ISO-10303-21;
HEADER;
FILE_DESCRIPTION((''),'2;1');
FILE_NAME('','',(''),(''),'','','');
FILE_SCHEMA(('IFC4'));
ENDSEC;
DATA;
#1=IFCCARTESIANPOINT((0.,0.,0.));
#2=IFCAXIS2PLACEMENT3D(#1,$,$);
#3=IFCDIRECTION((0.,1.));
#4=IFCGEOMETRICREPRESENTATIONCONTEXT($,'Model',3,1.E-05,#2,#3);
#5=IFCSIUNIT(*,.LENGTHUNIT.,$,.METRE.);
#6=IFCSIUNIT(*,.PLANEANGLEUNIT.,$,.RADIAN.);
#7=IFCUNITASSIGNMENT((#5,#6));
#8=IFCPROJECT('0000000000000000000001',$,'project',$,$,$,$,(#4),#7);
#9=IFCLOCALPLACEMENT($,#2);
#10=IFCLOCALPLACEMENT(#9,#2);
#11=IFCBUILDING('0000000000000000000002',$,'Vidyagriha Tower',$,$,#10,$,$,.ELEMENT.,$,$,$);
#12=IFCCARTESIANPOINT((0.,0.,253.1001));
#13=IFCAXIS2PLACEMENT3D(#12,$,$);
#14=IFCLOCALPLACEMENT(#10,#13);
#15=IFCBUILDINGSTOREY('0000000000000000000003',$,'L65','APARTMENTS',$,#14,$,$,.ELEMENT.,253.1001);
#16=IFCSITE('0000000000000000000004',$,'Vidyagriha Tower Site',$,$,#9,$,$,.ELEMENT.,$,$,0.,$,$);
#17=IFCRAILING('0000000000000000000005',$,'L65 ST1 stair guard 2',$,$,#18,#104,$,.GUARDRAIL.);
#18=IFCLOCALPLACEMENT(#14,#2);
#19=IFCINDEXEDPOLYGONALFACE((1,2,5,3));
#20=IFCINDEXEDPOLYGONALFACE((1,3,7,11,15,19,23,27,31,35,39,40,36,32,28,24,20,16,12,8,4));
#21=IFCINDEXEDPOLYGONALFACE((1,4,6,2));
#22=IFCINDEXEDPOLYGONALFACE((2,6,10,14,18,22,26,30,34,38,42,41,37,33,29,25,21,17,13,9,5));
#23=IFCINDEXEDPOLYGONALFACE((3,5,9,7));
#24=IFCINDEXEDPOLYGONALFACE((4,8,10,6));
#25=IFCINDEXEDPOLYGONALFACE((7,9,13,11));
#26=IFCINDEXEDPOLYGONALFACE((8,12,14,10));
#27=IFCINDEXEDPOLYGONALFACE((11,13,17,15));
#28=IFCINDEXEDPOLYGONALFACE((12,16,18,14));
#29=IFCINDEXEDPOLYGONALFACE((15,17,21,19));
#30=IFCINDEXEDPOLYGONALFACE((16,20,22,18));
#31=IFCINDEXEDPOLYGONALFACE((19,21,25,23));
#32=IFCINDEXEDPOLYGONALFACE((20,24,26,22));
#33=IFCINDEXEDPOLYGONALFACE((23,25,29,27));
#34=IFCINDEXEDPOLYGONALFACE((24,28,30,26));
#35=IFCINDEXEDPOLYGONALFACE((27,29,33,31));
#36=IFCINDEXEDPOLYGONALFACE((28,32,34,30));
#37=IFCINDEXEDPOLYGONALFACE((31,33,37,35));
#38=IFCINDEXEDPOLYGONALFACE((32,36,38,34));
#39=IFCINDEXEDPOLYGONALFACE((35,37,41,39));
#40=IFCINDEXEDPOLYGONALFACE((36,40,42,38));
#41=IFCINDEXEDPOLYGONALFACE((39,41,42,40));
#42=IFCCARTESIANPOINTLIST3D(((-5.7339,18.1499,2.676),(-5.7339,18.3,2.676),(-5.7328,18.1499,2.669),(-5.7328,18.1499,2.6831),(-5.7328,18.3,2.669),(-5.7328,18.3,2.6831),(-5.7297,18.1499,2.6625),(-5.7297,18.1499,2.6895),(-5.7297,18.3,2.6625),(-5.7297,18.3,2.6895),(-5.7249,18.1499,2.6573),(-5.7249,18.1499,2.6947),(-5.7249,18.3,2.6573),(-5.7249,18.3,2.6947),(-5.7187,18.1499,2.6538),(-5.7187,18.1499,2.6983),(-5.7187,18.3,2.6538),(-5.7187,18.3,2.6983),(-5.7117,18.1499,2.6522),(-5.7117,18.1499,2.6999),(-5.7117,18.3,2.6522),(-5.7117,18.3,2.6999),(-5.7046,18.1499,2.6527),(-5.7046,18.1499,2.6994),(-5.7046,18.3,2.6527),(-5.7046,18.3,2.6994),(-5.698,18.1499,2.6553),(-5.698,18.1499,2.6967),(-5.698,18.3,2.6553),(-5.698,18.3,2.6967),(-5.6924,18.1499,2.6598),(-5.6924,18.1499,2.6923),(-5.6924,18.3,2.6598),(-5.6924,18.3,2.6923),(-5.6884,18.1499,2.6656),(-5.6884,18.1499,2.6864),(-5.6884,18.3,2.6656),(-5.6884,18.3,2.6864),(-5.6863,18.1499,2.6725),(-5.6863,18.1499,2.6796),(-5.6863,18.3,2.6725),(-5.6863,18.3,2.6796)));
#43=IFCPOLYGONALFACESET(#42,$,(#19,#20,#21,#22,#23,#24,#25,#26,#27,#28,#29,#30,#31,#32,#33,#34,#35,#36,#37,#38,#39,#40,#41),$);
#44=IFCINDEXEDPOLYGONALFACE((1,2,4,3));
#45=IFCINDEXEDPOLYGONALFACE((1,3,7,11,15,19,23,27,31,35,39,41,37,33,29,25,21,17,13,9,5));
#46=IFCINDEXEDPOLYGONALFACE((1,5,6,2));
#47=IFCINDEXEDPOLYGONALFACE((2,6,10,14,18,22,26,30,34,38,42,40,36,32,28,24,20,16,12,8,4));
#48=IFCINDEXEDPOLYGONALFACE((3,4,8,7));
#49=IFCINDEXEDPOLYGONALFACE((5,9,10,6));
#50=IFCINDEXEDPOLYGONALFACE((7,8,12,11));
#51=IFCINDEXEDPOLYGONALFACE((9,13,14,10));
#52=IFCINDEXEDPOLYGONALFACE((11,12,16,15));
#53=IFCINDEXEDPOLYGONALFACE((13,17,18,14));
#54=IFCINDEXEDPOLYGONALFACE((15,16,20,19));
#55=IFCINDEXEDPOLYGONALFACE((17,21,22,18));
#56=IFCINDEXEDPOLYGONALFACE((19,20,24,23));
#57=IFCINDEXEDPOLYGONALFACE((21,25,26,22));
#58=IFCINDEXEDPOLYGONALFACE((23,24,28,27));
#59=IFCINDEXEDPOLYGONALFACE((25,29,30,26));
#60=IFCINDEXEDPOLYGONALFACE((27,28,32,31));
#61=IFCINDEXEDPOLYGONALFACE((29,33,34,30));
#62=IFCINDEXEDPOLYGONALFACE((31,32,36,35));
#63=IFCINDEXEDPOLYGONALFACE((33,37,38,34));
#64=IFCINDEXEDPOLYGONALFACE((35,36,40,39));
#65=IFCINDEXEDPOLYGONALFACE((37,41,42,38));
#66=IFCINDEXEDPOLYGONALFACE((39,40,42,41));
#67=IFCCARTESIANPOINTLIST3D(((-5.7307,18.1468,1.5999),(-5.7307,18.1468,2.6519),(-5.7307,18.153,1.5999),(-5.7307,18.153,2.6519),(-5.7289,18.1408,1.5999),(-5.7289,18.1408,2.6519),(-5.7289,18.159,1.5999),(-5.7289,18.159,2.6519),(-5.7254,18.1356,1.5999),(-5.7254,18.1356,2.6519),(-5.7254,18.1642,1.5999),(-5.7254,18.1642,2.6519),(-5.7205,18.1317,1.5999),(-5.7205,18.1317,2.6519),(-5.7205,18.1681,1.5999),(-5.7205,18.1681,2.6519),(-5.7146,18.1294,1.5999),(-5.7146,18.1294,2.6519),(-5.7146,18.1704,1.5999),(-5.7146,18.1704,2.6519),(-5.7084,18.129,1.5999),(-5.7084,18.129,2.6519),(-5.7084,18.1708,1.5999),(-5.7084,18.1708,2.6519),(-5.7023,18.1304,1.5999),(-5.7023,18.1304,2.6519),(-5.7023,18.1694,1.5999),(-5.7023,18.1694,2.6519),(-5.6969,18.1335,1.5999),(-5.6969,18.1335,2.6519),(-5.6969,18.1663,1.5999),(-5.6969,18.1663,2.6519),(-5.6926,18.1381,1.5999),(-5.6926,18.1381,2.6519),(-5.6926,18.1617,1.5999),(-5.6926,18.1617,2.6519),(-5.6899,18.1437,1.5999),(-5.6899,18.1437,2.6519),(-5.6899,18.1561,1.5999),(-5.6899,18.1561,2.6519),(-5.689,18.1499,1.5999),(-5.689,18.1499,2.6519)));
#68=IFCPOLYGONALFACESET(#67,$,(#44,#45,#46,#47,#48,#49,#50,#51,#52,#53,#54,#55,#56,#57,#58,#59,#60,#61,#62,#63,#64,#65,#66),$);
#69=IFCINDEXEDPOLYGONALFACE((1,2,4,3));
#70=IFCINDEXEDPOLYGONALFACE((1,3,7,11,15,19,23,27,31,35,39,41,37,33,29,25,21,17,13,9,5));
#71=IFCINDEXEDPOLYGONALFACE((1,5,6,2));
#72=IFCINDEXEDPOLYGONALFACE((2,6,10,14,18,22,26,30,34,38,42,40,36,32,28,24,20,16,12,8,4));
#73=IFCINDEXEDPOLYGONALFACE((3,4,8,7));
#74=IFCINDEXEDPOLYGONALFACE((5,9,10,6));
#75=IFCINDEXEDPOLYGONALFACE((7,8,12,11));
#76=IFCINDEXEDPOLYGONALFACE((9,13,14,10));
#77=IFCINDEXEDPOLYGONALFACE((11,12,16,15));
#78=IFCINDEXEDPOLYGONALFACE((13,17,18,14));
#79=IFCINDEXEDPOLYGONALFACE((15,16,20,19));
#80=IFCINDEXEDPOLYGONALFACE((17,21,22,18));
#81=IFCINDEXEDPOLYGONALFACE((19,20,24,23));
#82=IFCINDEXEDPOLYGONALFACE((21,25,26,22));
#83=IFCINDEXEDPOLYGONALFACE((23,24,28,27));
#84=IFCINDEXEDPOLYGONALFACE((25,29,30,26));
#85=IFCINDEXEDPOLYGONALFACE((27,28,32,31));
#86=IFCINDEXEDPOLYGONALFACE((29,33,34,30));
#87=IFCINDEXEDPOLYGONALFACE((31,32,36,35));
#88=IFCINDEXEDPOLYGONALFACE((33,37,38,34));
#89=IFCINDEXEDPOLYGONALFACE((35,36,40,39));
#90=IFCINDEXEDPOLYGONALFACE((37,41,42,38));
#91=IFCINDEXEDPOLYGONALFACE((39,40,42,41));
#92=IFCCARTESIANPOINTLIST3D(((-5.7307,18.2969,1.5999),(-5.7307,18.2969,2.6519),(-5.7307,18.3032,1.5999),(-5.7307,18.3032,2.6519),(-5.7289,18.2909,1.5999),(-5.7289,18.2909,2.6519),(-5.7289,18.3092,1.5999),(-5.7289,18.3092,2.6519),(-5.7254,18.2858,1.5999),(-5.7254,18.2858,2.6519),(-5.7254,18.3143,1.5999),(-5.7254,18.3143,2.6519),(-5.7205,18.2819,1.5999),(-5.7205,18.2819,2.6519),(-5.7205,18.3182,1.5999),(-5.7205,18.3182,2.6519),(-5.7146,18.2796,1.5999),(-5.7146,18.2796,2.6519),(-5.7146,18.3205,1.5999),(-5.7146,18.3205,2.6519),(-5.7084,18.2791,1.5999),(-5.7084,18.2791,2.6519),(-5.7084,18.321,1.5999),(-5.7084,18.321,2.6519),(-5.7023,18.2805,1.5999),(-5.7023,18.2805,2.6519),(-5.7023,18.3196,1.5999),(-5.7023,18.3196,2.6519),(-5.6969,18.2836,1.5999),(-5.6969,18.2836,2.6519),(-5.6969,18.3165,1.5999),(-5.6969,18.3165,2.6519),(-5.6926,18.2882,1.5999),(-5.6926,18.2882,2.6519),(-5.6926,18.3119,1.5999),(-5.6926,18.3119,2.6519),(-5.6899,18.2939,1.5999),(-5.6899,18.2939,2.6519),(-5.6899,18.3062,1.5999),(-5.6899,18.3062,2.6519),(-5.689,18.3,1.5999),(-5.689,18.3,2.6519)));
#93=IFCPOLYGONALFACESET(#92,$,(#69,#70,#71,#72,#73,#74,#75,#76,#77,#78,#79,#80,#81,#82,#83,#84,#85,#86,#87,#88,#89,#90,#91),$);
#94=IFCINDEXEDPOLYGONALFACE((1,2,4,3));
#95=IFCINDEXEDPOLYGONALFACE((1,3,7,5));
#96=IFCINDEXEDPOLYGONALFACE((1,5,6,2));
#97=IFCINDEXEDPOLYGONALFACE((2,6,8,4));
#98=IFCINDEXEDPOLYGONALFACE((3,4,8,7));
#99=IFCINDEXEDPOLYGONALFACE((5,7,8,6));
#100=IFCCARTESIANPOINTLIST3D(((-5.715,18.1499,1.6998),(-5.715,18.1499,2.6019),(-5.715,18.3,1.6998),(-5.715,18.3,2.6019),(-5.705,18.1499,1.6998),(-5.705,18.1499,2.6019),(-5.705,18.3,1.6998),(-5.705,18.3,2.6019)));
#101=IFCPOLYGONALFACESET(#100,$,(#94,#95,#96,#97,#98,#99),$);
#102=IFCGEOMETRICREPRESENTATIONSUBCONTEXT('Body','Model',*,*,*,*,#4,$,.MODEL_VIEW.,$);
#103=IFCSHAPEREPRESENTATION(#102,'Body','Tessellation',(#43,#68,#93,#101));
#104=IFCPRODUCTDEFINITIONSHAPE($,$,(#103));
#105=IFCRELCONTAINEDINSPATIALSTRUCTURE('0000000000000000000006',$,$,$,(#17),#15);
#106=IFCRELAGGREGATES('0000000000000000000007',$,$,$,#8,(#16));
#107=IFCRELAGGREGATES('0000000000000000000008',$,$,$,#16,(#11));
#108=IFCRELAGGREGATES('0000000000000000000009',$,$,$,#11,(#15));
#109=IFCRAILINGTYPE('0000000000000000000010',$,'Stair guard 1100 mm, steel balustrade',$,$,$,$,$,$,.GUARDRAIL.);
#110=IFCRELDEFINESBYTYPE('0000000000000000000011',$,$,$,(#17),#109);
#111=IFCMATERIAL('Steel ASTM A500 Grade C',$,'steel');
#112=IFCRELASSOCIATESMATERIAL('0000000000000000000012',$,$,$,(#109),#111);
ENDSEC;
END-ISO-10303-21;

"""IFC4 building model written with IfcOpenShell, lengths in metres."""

from ifc_helpers import new_model, si_unit, direction, frame, origin, origin_2d, place, context, subcontext, project, spatial, rectangle, circle, extrude, material, type_object, element, save


model = new_model("IFC4")

# Units and contexts
model_context = context("Model", 3, precision=1e-05, world=origin(), true_north=direction((0.0, 1.0)))
body_context = subcontext(model_context, "Body", "Model", "MODEL_VIEW")
ifc_project = project(units=[si_unit("LENGTHUNIT", "METRE"), si_unit("PLANEANGLEUNIT", "RADIAN")], contexts=[model_context])

# Site, building, storey
site_placement = place(None, origin())
site = spatial("IfcSite", under=ifc_project, at=site_placement, Name="Vidyagriha Tower Site", CompositionType="ELEMENT", RefElevation=0.0)
building_placement = place(site_placement, origin())
building = spatial("IfcBuilding", under=site, at=building_placement, Name="Vidyagriha Tower", CompositionType="ELEMENT")
storey_placement = place(building_placement, frame((0.0, 0.0, 253.1001)))
storey = spatial("IfcBuildingStorey", under=building, at=storey_placement, Name="L65", Description="APARTMENTS", CompositionType="ELEMENT", Elevation=253.1001)

# Railing
ifc_material_1 = material(Name="Steel ASTM A500 Grade C", Category="steel")
railing_type_1 = type_object("IfcRailingType", Name="Stair guard 1100 mm, steel balustrade", PredefinedType="GUARDRAIL", material=ifc_material_1)
railing_1_placement = place(storey_placement, frame((-5.71, 18.1499, 1.5999)))
element("IfcRailing", 1, at=railing_1_placement, inside=storey, type_object=railing_type_1, Name="L65 ST1 stair guard 2", PredefinedType="GUARDRAIL", context=body_context, shape_type="SweptSolid", body=[
    extrude(circle(Radius=0.0239, at=origin_2d()), frame((0.0, 0.0, 1.0762), z_axis=(0.0, 1.0, 0.0), x_axis=(-1.0, 0.0, 0.0)), (0.0, 0.0, 1.0), 0.1501),
    extrude(circle(Radius=0.021, at=origin_2d()), origin(), (0.0, 0.0, 1.0), 1.052),
    extrude(circle(Radius=0.021, at=origin_2d()), frame((0.0, 0.1501, 0.0)), (0.0, 0.0, 1.0), 1.052),
    extrude(rectangle(XDim=0.01, YDim=0.9021, at=origin_2d()), frame((0.0, 0.0, 0.551), z_axis=(0.0, 1.0, 0.0), x_axis=(-1.0, 0.0, 0.0)), (0.0, 0.0, 1.0), 0.1501),
])

save(model, "model.ifc")
